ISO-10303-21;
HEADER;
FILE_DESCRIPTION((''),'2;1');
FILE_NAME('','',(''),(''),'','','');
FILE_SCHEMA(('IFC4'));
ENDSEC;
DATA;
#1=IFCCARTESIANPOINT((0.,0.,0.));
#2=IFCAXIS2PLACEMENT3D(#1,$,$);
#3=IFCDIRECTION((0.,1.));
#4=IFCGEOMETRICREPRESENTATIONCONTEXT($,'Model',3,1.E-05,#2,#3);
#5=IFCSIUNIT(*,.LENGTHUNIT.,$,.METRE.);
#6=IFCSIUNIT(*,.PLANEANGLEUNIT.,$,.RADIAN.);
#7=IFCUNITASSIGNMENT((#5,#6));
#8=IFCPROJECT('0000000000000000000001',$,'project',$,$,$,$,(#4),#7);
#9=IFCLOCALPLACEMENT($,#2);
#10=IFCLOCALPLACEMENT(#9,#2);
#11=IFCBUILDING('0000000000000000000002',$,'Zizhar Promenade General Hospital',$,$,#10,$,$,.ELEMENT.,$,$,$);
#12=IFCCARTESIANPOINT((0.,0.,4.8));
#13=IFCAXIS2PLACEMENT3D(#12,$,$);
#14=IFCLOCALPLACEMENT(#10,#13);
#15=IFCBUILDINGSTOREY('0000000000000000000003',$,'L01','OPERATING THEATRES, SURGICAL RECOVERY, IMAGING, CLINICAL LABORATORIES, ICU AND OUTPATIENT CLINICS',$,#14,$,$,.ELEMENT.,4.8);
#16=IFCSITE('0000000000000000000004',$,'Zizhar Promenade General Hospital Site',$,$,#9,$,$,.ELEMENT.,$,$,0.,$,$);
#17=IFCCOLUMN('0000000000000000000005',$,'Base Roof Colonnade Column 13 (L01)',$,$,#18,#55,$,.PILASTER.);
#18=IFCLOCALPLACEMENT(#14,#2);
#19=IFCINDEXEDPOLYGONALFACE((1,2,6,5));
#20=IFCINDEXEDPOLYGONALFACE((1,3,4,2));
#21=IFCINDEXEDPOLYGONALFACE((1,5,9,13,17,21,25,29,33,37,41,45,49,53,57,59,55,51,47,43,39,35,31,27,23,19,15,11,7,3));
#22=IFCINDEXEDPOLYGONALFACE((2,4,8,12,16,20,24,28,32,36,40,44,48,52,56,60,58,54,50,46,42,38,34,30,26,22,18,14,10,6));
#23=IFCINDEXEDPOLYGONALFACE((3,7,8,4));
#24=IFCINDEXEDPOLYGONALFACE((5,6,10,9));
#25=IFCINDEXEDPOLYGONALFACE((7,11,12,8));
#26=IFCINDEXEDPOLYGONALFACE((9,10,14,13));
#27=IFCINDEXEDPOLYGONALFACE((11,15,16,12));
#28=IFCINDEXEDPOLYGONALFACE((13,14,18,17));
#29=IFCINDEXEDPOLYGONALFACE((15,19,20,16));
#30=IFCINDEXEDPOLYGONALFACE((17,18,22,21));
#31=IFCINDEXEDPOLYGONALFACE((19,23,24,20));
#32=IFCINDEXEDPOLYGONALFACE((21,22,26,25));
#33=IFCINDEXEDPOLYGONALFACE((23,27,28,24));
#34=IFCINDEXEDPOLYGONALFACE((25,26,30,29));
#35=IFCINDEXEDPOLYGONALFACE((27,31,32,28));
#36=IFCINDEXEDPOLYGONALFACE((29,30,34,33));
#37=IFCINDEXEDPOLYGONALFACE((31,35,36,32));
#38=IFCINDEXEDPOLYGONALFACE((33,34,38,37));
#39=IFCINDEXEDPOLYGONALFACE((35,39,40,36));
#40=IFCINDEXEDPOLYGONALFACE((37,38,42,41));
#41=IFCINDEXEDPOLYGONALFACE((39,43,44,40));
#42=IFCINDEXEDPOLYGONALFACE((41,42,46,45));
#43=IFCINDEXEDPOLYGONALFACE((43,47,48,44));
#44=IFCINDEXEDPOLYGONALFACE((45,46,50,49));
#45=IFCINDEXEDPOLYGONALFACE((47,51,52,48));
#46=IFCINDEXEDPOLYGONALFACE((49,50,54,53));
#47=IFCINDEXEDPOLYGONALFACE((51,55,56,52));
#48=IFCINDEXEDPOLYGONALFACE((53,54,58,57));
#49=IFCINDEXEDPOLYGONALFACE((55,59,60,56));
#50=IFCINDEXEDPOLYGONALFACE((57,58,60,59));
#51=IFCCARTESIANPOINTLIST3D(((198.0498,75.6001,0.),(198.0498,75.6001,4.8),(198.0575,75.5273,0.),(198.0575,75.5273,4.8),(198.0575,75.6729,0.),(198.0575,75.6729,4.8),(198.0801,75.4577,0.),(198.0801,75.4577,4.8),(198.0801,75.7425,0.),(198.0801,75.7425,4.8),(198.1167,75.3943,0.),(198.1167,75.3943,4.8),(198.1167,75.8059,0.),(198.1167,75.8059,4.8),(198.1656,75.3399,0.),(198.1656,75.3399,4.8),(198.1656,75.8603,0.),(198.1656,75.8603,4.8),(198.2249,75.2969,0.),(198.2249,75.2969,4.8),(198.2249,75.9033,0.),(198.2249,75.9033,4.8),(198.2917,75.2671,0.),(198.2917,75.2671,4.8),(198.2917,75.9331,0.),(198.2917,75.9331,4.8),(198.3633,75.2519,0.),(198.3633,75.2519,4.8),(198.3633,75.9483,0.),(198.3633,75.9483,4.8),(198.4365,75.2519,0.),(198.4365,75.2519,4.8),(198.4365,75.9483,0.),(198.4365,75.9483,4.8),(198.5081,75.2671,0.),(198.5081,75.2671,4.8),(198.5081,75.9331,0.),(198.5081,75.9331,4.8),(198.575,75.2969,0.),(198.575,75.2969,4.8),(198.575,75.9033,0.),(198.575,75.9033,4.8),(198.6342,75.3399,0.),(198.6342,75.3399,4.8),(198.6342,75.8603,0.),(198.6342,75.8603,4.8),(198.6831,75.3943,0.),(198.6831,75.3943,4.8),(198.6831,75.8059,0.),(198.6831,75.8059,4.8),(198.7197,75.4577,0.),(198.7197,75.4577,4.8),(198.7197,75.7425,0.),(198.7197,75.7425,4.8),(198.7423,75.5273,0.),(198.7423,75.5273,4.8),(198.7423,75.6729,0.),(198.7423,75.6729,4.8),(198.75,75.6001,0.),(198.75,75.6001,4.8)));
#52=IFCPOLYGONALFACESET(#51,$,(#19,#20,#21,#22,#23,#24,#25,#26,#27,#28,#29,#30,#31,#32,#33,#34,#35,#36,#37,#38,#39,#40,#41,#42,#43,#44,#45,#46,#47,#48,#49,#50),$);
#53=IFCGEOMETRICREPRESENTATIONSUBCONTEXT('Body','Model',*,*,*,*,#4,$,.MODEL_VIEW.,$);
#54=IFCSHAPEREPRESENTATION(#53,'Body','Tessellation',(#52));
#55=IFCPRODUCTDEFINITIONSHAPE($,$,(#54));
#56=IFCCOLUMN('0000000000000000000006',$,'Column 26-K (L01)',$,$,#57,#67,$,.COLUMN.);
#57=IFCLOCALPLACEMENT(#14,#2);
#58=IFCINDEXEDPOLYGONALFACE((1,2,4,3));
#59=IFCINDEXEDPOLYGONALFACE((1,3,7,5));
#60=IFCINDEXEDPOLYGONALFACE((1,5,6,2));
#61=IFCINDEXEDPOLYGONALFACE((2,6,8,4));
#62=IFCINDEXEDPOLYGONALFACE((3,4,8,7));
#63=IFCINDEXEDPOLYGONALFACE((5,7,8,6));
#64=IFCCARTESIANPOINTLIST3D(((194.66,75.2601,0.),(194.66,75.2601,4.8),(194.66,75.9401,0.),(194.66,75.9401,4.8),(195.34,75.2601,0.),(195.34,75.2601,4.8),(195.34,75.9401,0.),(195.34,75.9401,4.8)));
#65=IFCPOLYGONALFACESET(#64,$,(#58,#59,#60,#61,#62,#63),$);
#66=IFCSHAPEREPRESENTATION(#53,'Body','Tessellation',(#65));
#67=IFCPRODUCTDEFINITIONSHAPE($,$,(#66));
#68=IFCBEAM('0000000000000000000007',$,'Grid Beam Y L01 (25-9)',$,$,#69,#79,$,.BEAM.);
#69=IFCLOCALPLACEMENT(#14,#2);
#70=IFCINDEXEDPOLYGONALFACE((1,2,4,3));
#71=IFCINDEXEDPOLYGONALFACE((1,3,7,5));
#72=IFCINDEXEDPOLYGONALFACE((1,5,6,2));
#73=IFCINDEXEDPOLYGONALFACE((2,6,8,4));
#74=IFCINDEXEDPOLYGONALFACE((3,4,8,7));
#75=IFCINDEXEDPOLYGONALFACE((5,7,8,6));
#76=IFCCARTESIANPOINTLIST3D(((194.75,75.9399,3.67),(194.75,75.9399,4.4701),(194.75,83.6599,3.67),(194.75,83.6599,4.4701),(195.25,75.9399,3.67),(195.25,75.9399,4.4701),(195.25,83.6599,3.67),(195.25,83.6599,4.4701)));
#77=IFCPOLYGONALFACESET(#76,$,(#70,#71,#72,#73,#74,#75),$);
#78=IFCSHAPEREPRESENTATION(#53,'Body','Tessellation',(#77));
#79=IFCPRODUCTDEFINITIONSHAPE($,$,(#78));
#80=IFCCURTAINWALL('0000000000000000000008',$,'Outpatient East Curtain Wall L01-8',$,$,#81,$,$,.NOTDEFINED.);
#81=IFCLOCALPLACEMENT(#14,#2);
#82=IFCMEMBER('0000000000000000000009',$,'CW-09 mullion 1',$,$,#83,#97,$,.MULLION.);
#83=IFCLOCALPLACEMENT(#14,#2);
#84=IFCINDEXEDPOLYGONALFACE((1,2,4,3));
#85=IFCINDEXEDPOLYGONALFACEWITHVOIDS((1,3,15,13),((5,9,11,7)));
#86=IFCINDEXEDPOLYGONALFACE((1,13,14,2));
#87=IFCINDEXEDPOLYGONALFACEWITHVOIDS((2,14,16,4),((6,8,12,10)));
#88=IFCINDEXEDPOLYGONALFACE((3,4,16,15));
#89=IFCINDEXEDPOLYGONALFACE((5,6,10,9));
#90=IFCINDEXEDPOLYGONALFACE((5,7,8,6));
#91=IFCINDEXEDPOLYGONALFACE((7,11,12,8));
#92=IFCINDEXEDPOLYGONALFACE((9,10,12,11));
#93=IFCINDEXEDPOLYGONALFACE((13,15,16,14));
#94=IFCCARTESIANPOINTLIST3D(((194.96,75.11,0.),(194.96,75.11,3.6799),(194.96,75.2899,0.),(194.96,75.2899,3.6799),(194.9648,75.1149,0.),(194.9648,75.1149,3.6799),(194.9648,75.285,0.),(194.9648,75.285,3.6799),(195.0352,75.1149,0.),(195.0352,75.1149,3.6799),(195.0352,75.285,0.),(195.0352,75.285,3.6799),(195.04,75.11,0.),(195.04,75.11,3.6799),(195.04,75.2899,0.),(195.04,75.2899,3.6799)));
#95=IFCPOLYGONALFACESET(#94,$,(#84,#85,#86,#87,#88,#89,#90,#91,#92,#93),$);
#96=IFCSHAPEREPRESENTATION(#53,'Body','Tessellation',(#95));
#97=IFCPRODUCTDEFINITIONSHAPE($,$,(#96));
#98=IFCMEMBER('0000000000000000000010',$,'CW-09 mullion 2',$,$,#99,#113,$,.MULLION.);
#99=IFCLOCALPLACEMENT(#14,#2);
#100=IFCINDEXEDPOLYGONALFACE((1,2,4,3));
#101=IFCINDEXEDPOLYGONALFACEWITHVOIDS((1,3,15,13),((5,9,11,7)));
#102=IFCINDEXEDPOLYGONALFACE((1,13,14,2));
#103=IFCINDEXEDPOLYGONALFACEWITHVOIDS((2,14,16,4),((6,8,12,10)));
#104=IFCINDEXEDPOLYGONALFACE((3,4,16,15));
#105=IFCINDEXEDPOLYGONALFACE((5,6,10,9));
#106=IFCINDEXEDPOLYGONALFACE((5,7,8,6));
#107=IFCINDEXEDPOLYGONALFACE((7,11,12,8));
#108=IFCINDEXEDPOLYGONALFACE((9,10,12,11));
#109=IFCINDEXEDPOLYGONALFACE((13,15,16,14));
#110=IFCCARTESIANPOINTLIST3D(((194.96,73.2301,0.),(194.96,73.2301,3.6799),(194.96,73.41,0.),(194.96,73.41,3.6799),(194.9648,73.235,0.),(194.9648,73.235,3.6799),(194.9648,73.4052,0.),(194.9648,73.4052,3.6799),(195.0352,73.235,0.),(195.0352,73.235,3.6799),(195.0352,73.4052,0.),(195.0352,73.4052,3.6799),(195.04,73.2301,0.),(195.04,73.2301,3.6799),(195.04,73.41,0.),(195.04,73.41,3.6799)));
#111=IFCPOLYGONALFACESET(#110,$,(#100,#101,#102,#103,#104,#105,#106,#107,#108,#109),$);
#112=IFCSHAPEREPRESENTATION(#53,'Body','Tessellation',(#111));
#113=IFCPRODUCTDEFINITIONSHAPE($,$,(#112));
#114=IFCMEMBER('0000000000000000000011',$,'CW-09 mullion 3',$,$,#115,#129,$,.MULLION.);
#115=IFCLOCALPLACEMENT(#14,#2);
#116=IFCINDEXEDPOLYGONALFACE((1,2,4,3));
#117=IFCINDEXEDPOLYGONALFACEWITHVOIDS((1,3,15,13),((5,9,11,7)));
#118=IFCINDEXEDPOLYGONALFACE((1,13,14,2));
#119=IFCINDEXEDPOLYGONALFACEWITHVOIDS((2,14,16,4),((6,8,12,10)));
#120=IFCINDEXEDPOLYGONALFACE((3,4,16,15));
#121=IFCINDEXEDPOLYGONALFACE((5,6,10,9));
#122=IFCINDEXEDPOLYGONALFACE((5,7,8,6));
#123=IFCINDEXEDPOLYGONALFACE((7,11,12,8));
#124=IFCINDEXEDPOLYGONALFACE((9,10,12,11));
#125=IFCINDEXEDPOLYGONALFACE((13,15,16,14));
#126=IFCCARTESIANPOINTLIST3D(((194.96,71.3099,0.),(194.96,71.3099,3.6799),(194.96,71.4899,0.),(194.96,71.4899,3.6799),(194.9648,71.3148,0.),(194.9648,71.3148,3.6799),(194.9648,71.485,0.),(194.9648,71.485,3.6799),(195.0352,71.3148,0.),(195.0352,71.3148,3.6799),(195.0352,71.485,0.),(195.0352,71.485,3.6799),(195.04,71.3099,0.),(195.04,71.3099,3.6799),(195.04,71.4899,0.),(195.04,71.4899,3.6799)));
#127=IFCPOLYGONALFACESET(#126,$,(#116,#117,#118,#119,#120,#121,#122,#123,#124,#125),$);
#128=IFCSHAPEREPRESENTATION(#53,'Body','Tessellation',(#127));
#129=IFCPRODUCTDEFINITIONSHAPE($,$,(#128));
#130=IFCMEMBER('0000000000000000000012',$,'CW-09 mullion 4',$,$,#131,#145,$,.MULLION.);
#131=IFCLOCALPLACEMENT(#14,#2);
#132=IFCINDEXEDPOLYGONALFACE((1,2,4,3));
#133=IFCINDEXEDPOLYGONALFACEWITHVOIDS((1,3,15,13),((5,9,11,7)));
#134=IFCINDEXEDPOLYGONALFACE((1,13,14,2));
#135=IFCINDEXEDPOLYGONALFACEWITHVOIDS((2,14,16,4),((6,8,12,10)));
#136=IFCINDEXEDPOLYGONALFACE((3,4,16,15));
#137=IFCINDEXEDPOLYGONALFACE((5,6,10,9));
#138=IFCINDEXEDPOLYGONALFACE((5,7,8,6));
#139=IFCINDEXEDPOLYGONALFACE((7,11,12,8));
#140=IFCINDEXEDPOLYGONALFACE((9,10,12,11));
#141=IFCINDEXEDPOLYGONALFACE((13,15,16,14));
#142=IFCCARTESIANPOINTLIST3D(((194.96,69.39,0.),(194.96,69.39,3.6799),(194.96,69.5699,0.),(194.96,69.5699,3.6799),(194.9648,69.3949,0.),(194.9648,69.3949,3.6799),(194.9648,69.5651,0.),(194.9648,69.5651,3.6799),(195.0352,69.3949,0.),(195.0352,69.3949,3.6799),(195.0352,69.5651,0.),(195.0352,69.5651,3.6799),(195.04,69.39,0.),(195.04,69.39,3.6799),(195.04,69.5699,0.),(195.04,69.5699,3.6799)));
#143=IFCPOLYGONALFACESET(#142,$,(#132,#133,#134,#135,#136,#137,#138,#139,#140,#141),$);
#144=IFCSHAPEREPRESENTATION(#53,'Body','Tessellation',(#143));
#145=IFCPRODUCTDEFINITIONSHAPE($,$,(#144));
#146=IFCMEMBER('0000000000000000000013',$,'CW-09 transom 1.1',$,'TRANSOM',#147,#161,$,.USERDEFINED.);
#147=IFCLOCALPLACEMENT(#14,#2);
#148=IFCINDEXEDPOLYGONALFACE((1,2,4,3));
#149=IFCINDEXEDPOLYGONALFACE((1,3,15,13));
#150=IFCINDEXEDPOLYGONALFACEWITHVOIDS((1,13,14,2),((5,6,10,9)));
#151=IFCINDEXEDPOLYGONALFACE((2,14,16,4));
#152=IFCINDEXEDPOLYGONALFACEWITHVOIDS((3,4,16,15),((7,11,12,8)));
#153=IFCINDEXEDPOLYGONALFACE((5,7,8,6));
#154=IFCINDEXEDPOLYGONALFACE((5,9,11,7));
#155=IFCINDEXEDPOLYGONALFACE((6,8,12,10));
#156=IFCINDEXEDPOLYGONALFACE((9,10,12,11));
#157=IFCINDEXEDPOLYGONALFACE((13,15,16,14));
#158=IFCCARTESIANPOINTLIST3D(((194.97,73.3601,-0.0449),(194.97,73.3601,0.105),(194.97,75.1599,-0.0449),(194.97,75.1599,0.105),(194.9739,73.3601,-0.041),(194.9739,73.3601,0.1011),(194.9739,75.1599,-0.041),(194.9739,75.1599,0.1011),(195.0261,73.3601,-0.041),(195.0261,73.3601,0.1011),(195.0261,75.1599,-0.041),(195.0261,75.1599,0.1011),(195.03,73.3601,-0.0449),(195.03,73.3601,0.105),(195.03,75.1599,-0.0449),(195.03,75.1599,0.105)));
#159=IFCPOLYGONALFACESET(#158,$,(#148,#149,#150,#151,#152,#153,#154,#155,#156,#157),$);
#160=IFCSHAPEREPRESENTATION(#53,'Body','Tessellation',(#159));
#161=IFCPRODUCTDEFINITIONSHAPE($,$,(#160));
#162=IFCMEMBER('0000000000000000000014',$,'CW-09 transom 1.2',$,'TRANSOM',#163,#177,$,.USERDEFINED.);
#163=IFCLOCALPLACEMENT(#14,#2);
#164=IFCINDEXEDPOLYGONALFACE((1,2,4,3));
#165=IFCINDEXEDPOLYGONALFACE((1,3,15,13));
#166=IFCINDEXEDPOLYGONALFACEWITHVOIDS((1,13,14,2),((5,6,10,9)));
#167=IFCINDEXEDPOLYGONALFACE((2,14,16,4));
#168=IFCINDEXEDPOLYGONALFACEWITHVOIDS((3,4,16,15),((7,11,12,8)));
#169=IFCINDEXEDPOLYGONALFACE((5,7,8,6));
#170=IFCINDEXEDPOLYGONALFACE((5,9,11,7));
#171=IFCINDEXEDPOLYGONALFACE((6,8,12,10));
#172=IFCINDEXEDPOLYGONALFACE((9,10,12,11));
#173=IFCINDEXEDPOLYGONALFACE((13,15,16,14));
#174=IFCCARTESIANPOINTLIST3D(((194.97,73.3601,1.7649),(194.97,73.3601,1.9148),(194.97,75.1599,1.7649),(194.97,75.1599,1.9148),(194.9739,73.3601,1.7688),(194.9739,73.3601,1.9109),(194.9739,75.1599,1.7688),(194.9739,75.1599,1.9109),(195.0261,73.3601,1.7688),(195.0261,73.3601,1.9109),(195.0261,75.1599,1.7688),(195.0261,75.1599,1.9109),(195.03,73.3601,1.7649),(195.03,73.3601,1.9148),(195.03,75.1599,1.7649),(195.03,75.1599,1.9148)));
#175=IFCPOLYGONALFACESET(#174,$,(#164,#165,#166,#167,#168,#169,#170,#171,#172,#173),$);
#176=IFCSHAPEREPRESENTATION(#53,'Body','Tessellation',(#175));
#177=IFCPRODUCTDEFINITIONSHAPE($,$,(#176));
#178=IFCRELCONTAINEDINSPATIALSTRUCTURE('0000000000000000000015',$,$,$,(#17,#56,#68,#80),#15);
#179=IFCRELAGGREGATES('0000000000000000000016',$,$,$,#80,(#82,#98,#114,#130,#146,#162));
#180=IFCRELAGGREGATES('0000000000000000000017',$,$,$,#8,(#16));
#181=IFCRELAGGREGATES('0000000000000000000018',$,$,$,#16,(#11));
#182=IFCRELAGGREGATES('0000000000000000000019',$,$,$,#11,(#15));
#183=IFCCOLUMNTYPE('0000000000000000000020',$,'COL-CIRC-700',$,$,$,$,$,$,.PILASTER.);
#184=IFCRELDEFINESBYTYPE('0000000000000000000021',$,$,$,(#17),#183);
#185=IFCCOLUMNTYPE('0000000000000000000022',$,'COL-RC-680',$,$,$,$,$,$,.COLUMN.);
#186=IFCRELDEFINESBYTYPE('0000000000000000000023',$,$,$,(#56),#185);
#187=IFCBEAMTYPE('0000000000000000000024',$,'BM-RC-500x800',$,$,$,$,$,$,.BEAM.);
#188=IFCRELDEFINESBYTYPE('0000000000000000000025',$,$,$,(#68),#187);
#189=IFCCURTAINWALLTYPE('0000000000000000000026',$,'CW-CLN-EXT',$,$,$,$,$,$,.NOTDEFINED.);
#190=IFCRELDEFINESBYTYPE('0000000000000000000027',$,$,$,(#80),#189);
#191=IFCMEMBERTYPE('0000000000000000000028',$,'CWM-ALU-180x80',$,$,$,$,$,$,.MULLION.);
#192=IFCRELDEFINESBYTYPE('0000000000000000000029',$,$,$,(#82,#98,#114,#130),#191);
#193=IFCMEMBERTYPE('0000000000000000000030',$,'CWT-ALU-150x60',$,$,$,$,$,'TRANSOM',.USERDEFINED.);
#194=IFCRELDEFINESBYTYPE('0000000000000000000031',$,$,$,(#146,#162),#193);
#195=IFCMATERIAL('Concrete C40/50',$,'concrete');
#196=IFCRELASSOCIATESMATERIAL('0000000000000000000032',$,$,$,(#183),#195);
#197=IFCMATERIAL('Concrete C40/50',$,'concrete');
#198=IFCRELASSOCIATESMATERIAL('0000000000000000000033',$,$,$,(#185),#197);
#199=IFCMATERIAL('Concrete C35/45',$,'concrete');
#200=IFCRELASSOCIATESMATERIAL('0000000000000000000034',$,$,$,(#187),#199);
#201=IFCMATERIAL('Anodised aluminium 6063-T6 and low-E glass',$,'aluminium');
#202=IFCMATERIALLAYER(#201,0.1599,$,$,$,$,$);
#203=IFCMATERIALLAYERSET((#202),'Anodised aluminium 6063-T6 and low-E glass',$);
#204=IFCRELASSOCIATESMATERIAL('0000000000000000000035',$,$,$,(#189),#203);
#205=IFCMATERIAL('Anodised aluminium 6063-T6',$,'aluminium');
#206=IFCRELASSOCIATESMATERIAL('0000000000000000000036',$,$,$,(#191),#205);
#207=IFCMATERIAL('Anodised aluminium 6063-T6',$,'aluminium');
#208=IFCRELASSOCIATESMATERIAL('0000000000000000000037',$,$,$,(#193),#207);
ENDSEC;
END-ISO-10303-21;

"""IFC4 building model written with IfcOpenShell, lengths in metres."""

from ifc_helpers import new_model, si_unit, direction, frame, origin, origin_2d, place, context, subcontext, project, spatial, rectangle, hollow_rectangle, circle, extrude, material, layer, layer_set, material_profile, profile_set, type_object, element, aggregate, save


model = new_model("IFC4")

# Units and contexts
model_context = context("Model", 3, precision=1e-05, world=origin(), true_north=direction((0.0, 1.0)))
body_context = subcontext(model_context, "Body", "Model", "MODEL_VIEW")
ifc_project = project(units=[si_unit("LENGTHUNIT", "METRE"), si_unit("PLANEANGLEUNIT", "RADIAN")], contexts=[model_context])

# Site, building, storey
site_placement = place(None, origin())
site = spatial("IfcSite", under=ifc_project, at=site_placement, Name="Zizhar Promenade General Hospital Site", CompositionType="ELEMENT", RefElevation=0.0)
building_placement = place(site_placement, origin())
building = spatial("IfcBuilding", under=site, at=building_placement, Name="Zizhar Promenade General Hospital", CompositionType="ELEMENT")
storey_placement = place(building_placement, frame((0.0, 0.0, 4.8)))
storey = spatial("IfcBuildingStorey", under=building, at=storey_placement, Name="L01", Description="OPERATING THEATRES, SURGICAL RECOVERY, IMAGING, CLINICAL LABORATORIES, ICU AND OUTPATIENT CLINICS", CompositionType="ELEMENT", Elevation=4.8)

# Columns
ifc_material_1 = material(Name="Concrete C40/50", Category="concrete")
ifc_material_profile_1 = material_profile(ifc_material_1, circle(Radius=0.3501, at=origin_2d()))
ifc_profile_set_1 = profile_set([ifc_material_profile_1], Name="Concrete C40/50")
column_type_1 = type_object("IfcColumnType", Name="COL-CIRC-700", PredefinedType="PILASTER", material=ifc_profile_set_1)
column_1_placement = place(storey_placement, frame((198.3999, 75.6001, 0.0), z_axis=(0.0, 0.0, 1.0), x_axis=(1.0, 0.0, 0.0)))
element("IfcColumn", 1, at=column_1_placement, inside=storey, type_object=column_type_1, Name="Base Roof Colonnade Column 13 (L01)", PredefinedType="PILASTER", context=body_context, shape_type="SweptSolid", body=[
    extrude(circle(Radius=0.3501, at=origin_2d()), origin(), (0.0, 0.0, 1.0), 4.8),
])
ifc_material_2 = material(Name="Concrete C40/50", Category="concrete")
ifc_material_profile_2 = material_profile(ifc_material_2, rectangle(XDim=0.6799, YDim=0.6799, at=origin_2d()))
ifc_profile_set_2 = profile_set([ifc_material_profile_2], Name="Concrete C40/50")
column_type_2 = type_object("IfcColumnType", Name="COL-RC-680", PredefinedType="COLUMN", material=ifc_profile_set_2)
column_2_placement = place(storey_placement, frame((195.0, 75.6001, 0.0), z_axis=(0.0, 0.0, 1.0), x_axis=(1.0, 0.0, 0.0)))
element("IfcColumn", 2, at=column_2_placement, inside=storey, type_object=column_type_2, Name="Column 26-K (L01)", PredefinedType="COLUMN", context=body_context, shape_type="SweptSolid", body=[
    extrude(rectangle(XDim=0.6799, YDim=0.6799, at=origin_2d()), origin(), (0.0, 0.0, 1.0), 4.8),
])

# Beam
ifc_material_3 = material(Name="Concrete C35/45", Category="concrete")
ifc_material_profile_3 = material_profile(ifc_material_3, rectangle(XDim=0.5, YDim=0.8, at=origin_2d()))
ifc_profile_set_3 = profile_set([ifc_material_profile_3], Name="Concrete C35/45")
beam_type = type_object("IfcBeamType", Name="BM-RC-500x800", PredefinedType="BEAM", material=ifc_profile_set_3)
beam_placement = place(storey_placement, frame((195.0, 75.9399, 4.0701), z_axis=(0.0, 1.0, 0.0), x_axis=(-1.0, 0.0, 0.0)))
element("IfcBeam", 3, at=beam_placement, inside=storey, type_object=beam_type, Name="Grid Beam Y L01 (25-9)", PredefinedType="BEAM", context=body_context, shape_type="SweptSolid", body=[
    extrude(rectangle(XDim=0.5, YDim=0.8, at=origin_2d()), origin(), (0.0, 0.0, 1.0), 7.72),
])

# Curtain wall, members
ifc_material_4 = material(Name="Anodised aluminium 6063-T6 and low-E glass", Category="aluminium")
ifc_layer_1 = layer(ifc_material_4, 0.1599)
ifc_layer_set_1 = layer_set([ifc_layer_1], Name="Anodised aluminium 6063-T6 and low-E glass")
curtain_wall_type = type_object("IfcCurtainWallType", Name="CW-CLN-EXT", PredefinedType="NOTDEFINED", material=ifc_layer_set_1)
curtain_wall_placement = place(storey_placement, origin())
curtain_wall = element("IfcCurtainWall", 4, at=curtain_wall_placement, inside=storey, type_object=curtain_wall_type, Name="Outpatient East Curtain Wall L01-8", PredefinedType="NOTDEFINED")
ifc_material_5 = material(Name="Anodised aluminium 6063-T6", Category="aluminium")
ifc_material_profile_4 = material_profile(ifc_material_5, hollow_rectangle(XDim=0.0801, YDim=0.1799, WallThickness=0.0049, at=origin_2d()))
ifc_profile_set_4 = profile_set([ifc_material_profile_4], Name="Anodised aluminium 6063-T6")
member_type_1 = type_object("IfcMemberType", Name="CWM-ALU-180x80", PredefinedType="MULLION", material=ifc_profile_set_4)
member_1_placement = place(storey_placement, frame((195.0, 75.2, 0.0), z_axis=(0.0, 0.0, 1.0), x_axis=(1.0, 0.0, 0.0)))
member_1 = element("IfcMember", 5, at=member_1_placement, type_object=member_type_1, Name="CW-09 mullion 1", PredefinedType="MULLION", context=body_context, shape_type="SweptSolid", body=[
    extrude(hollow_rectangle(XDim=0.0801, YDim=0.1799, WallThickness=0.0049, at=origin_2d()), origin(), (0.0, 0.0, 1.0), 3.6799),
])
member_2_placement = place(storey_placement, frame((195.0, 73.3201, 0.0), z_axis=(0.0, 0.0, 1.0), x_axis=(1.0, 0.0, 0.0)))
member_2 = element("IfcMember", 6, at=member_2_placement, type_object=member_type_1, Name="CW-09 mullion 2", PredefinedType="MULLION", context=body_context, shape_type="SweptSolid", body=[
    extrude(hollow_rectangle(XDim=0.0801, YDim=0.1799, WallThickness=0.0049, at=origin_2d()), origin(), (0.0, 0.0, 1.0), 3.6799),
])
member_3_placement = place(storey_placement, frame((195.0, 71.3999, 0.0), z_axis=(0.0, 0.0, 1.0), x_axis=(1.0, 0.0, 0.0)))
member_3 = element("IfcMember", 7, at=member_3_placement, type_object=member_type_1, Name="CW-09 mullion 3", PredefinedType="MULLION", context=body_context, shape_type="SweptSolid", body=[
    extrude(hollow_rectangle(XDim=0.0801, YDim=0.1799, WallThickness=0.0049, at=origin_2d()), origin(), (0.0, 0.0, 1.0), 3.6799),
])
member_4_placement = place(storey_placement, frame((195.0, 69.48, 0.0), z_axis=(0.0, 0.0, 1.0), x_axis=(1.0, 0.0, 0.0)))
member_4 = element("IfcMember", 8, at=member_4_placement, type_object=member_type_1, Name="CW-09 mullion 4", PredefinedType="MULLION", context=body_context, shape_type="SweptSolid", body=[
    extrude(hollow_rectangle(XDim=0.0801, YDim=0.1799, WallThickness=0.0049, at=origin_2d()), origin(), (0.0, 0.0, 1.0), 3.6799),
])
ifc_material_6 = material(Name="Anodised aluminium 6063-T6", Category="aluminium")
ifc_material_profile_5 = material_profile(ifc_material_6, hollow_rectangle(XDim=0.0601, YDim=0.1499, WallThickness=0.0039, at=origin_2d()))
ifc_profile_set_5 = profile_set([ifc_material_profile_5], Name="Anodised aluminium 6063-T6")
member_type_2 = type_object("IfcMemberType", Name="CWT-ALU-150x60", ElementType="TRANSOM", PredefinedType="USERDEFINED", material=ifc_profile_set_5)
member_5_placement = place(storey_placement, frame((195.0, 75.1599, 0.03), z_axis=(0.0, -1.0, 0.0), x_axis=(1.0, 0.0, 0.0)))
member_5 = element("IfcMember", 9, at=member_5_placement, type_object=member_type_2, Name="CW-09 transom 1.1", ObjectType="TRANSOM", PredefinedType="USERDEFINED", context=body_context, shape_type="SweptSolid", body=[
    extrude(hollow_rectangle(XDim=0.0601, YDim=0.1499, WallThickness=0.0039, at=origin_2d()), origin(), (0.0, 0.0, 1.0), 1.7998),
])
member_6_placement = place(storey_placement, frame((195.0, 75.1599, 1.8398), z_axis=(0.0, -1.0, 0.0), x_axis=(1.0, 0.0, 0.0)))
member_6 = element("IfcMember", 10, at=member_6_placement, type_object=member_type_2, Name="CW-09 transom 1.2", ObjectType="TRANSOM", PredefinedType="USERDEFINED", context=body_context, shape_type="SweptSolid", body=[
    extrude(hollow_rectangle(XDim=0.0601, YDim=0.1499, WallThickness=0.0039, at=origin_2d()), origin(), (0.0, 0.0, 1.0), 1.7998),
])
aggregate(curtain_wall, [member_1, member_2, member_3, member_4, member_5, member_6])

save(model, "model.ifc")
